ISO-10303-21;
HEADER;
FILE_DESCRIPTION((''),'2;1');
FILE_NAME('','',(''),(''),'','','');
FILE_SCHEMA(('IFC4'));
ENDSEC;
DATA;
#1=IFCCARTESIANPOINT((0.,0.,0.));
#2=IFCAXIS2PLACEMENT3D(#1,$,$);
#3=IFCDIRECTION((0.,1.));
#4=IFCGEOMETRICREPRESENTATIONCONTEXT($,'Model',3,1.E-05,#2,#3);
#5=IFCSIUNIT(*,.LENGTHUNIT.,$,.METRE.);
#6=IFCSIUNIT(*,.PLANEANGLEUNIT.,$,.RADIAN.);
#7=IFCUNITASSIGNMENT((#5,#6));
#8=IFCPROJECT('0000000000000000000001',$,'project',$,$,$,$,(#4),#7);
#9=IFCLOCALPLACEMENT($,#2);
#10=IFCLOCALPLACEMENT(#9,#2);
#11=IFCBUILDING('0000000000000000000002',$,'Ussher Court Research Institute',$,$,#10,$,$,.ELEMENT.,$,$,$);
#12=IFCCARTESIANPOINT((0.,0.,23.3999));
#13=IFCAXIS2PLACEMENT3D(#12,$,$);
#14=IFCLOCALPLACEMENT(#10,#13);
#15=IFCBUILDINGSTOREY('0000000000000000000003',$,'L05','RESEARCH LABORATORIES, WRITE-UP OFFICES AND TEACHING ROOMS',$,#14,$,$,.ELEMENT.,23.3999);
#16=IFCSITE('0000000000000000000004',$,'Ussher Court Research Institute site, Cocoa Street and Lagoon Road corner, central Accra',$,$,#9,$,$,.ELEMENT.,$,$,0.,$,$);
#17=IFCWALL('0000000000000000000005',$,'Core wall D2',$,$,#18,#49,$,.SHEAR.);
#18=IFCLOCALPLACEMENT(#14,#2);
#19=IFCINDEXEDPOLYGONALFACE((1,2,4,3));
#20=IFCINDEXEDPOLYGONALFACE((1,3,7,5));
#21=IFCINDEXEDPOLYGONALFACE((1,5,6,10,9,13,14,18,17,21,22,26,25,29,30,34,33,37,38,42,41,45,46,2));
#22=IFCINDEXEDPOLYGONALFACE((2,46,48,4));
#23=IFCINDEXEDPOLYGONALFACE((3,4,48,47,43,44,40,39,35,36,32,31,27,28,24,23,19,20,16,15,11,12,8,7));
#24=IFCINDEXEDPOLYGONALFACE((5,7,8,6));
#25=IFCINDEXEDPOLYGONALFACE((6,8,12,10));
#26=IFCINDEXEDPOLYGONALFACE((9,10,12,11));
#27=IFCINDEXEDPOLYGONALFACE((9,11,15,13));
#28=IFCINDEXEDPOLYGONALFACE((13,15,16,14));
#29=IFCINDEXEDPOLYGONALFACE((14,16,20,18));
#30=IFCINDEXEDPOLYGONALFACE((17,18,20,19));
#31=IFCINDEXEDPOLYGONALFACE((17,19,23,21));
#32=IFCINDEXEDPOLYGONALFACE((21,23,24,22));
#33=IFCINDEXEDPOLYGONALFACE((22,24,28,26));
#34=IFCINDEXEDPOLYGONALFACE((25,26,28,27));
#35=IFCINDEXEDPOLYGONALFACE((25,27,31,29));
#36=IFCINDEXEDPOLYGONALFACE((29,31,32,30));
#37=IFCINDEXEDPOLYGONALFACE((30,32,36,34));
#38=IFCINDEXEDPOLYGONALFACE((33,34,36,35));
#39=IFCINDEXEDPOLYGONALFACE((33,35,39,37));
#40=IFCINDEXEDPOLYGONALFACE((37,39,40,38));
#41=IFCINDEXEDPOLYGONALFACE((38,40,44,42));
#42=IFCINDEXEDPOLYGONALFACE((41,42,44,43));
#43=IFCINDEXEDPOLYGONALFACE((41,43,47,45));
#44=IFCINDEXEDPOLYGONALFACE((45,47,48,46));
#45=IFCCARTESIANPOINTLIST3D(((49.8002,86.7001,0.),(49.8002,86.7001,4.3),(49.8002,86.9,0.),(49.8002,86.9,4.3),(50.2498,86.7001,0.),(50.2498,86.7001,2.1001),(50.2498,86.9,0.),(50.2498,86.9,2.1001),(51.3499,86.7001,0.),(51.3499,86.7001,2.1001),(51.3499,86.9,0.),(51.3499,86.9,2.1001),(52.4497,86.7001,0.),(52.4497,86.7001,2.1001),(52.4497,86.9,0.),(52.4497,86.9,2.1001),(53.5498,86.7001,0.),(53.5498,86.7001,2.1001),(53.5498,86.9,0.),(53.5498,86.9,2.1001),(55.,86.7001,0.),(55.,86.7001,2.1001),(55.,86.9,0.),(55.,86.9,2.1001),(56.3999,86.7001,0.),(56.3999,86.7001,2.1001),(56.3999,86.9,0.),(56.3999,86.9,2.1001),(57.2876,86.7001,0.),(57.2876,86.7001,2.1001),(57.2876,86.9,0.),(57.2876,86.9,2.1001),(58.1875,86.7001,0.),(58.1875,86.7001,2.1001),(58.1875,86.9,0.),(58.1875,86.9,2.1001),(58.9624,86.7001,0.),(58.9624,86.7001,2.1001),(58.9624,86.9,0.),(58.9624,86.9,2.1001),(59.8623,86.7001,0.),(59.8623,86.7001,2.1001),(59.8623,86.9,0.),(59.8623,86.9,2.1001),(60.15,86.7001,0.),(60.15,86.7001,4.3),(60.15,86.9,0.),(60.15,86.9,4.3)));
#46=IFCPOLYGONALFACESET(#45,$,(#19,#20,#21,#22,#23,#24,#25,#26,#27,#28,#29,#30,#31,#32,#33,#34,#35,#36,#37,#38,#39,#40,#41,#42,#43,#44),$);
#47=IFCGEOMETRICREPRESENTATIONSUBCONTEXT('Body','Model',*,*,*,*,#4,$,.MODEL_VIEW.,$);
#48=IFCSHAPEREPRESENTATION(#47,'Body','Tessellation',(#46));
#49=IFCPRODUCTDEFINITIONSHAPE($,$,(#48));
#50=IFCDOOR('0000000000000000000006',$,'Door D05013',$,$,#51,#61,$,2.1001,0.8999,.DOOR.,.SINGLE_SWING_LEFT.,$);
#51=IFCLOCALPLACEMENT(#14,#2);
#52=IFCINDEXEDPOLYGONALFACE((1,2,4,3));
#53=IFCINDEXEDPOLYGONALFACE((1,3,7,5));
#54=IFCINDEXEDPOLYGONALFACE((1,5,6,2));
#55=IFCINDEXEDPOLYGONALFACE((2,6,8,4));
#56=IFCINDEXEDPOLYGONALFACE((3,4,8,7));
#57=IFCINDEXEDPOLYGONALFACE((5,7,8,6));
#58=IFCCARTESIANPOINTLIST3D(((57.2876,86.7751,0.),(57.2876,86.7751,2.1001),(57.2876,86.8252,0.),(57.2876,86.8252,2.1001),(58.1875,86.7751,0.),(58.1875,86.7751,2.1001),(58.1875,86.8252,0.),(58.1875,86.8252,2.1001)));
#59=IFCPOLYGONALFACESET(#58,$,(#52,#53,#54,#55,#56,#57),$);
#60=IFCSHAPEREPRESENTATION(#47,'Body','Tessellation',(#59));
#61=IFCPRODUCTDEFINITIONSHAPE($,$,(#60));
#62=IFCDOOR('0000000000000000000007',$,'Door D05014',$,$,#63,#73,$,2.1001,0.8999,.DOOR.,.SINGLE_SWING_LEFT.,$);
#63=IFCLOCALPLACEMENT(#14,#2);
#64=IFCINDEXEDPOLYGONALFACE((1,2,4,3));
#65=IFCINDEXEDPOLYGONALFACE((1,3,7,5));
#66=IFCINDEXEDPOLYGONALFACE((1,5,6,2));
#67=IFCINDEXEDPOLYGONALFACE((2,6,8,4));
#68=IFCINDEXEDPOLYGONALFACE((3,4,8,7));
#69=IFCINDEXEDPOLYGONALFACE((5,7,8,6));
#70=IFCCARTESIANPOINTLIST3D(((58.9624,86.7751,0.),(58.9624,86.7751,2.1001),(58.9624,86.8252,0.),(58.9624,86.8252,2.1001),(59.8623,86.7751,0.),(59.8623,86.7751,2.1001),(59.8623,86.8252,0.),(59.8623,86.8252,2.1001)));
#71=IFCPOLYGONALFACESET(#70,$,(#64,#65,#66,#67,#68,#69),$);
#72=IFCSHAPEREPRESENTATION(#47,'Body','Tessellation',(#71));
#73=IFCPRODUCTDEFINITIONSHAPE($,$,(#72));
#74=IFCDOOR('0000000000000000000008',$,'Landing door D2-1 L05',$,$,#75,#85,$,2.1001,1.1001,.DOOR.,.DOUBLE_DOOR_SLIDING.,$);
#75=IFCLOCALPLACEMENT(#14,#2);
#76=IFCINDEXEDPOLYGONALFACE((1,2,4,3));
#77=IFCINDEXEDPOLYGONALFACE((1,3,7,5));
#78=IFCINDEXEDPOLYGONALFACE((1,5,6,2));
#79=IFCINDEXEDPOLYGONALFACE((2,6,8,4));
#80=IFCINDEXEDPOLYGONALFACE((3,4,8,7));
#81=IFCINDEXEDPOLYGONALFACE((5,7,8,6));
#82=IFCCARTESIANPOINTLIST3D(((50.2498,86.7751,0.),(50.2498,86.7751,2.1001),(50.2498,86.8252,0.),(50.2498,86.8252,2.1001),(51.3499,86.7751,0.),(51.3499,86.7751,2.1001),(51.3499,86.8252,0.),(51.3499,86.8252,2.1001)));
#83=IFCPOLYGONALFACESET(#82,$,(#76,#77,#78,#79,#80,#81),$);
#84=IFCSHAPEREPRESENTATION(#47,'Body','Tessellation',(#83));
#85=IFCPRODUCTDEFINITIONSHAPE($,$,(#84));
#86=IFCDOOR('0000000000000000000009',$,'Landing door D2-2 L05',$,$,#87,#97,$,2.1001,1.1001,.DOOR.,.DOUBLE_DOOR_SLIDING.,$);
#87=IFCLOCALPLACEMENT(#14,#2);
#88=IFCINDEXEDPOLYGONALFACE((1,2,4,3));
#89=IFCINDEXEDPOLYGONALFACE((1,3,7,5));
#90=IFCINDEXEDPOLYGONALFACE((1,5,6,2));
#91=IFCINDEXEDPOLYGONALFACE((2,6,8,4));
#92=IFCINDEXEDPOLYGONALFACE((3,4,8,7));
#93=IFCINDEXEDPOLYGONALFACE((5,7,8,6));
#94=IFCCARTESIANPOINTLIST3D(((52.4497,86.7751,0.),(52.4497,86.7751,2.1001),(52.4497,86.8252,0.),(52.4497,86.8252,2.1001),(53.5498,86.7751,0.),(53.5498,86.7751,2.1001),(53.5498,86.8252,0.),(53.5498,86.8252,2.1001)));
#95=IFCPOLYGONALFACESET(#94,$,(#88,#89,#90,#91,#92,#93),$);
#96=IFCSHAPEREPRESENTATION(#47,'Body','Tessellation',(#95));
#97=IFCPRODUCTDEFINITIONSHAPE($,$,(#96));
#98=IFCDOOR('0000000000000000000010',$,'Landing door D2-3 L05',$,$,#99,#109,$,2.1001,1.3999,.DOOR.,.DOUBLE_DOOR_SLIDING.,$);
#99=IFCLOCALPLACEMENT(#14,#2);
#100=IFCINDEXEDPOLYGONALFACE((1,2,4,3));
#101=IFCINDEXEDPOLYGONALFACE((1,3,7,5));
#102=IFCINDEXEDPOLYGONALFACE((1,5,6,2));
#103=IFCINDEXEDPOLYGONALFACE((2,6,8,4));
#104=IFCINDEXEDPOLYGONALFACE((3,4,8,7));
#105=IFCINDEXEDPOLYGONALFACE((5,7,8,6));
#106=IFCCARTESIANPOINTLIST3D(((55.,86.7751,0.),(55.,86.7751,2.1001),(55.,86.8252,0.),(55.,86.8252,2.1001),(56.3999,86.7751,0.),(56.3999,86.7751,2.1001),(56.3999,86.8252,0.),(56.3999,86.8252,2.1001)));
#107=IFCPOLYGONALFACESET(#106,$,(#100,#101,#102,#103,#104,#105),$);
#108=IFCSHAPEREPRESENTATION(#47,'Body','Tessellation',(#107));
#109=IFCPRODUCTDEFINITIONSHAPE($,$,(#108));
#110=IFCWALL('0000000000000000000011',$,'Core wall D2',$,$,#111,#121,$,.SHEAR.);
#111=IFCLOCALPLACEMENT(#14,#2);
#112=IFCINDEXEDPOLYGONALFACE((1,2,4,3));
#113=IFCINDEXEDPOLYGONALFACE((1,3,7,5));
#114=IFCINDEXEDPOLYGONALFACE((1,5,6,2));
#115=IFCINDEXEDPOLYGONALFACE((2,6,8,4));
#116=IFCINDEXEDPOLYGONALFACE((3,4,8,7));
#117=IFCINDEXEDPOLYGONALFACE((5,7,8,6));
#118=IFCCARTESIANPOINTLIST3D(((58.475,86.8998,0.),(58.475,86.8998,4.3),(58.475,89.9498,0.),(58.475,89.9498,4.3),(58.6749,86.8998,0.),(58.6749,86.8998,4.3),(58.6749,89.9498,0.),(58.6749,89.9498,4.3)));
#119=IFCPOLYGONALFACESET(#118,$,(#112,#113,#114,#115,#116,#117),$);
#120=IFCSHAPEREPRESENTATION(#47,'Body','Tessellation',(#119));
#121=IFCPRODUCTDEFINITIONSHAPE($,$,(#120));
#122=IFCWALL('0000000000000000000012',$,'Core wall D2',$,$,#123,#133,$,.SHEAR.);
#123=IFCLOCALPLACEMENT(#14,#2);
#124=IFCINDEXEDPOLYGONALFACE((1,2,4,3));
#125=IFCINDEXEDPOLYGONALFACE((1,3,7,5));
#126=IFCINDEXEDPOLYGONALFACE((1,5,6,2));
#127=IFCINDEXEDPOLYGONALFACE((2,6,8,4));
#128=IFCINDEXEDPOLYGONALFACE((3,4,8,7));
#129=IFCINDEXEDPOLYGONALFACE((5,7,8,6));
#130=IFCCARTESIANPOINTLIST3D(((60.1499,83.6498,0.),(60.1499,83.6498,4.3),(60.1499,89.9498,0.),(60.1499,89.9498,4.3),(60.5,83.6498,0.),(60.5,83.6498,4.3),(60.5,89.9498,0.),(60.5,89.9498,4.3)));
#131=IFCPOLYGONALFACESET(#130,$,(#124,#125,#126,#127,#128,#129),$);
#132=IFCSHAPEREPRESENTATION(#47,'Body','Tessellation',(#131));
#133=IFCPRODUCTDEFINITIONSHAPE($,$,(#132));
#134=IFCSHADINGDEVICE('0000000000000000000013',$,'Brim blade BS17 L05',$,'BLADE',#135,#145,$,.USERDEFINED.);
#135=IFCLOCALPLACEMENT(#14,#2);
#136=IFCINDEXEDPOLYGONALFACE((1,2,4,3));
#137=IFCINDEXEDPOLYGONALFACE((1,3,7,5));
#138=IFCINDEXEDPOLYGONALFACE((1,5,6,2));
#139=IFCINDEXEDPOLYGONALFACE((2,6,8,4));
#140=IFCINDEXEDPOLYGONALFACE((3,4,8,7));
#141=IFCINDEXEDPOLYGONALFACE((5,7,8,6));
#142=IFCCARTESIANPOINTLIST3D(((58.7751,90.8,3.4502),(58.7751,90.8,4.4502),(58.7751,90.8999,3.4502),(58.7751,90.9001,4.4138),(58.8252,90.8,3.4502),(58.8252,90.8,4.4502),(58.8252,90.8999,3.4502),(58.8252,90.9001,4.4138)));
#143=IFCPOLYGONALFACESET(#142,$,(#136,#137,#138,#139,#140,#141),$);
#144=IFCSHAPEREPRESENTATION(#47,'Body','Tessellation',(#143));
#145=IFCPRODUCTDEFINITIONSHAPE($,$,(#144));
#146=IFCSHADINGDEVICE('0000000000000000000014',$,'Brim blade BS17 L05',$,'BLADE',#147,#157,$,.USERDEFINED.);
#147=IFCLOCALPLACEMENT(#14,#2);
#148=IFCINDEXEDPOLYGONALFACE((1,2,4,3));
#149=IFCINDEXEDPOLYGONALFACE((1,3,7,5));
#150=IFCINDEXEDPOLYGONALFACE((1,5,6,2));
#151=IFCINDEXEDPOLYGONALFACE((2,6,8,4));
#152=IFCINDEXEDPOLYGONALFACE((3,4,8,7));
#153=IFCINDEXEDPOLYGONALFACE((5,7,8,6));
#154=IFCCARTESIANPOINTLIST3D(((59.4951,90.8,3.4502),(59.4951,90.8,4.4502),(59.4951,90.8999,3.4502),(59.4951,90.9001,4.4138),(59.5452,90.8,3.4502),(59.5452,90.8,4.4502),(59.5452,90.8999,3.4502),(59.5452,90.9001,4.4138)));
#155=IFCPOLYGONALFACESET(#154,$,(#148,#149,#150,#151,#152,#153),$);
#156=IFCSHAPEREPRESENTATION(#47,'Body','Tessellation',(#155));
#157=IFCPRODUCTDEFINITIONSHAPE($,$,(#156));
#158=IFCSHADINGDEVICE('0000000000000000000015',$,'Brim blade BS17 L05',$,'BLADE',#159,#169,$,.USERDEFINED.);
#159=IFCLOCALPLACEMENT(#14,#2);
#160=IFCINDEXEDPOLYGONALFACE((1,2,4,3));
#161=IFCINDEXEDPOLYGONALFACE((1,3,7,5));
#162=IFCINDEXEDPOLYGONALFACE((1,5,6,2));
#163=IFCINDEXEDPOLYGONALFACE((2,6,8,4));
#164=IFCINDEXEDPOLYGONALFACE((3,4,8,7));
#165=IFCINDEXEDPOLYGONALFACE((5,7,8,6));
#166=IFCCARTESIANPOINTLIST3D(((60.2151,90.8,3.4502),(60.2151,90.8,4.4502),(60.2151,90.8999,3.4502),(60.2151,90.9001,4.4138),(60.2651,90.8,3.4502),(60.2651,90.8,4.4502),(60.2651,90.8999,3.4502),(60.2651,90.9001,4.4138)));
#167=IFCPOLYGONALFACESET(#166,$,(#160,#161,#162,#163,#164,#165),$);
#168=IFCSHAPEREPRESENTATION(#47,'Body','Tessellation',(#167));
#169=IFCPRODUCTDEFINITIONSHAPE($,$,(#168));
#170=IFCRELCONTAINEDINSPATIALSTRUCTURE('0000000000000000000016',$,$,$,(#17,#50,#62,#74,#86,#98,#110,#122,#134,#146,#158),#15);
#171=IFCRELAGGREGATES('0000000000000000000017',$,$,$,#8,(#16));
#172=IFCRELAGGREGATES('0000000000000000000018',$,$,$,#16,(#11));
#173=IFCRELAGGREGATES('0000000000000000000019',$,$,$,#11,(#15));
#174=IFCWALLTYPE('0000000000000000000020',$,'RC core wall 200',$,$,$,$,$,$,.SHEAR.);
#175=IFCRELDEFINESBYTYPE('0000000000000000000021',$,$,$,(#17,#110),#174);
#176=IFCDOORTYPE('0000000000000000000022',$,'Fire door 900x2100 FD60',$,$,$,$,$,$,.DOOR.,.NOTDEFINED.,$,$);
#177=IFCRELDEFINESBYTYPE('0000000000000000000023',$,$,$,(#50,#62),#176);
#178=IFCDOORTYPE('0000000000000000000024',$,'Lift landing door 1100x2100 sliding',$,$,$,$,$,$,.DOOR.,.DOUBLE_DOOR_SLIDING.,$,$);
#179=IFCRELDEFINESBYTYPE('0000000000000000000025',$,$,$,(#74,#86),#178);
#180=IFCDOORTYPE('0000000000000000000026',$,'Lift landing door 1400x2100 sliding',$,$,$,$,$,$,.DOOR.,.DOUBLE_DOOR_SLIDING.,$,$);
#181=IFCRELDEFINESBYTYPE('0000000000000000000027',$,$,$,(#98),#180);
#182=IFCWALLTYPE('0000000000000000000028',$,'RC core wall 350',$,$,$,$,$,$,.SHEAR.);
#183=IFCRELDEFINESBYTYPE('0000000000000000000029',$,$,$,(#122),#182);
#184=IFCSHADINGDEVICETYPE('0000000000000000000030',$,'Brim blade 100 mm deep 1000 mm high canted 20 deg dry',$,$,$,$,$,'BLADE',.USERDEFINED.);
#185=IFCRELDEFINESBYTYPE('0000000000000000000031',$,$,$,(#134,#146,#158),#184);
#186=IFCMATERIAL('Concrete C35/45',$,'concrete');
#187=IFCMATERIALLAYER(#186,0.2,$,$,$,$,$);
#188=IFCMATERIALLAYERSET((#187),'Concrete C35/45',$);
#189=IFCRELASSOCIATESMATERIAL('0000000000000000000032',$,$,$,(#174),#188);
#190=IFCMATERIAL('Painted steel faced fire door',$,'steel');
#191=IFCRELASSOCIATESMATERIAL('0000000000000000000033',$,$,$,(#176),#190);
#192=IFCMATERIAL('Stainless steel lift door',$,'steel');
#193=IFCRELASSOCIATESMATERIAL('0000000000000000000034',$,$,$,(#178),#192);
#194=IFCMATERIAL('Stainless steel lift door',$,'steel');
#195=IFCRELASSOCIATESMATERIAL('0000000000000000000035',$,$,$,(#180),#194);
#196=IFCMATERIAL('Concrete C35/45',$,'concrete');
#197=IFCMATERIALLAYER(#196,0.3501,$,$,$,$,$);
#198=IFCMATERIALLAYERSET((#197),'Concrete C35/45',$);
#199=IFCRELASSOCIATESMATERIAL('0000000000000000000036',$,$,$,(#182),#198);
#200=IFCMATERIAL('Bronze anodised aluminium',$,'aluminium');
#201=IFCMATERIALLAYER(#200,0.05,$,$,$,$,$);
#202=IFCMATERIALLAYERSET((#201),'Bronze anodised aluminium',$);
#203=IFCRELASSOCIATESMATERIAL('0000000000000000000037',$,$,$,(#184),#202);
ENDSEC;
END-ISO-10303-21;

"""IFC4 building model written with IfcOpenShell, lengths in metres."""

from ifc_helpers import new_model, si_unit, direction, frame, frame_2d, origin, place, context, subcontext, project, spatial, polyline, rectangle, outline, extrude, material, layer, layer_set, type_object, element, fill, save


model = new_model("IFC4")

# Units and contexts
model_context = context("Model", 3, precision=1e-05, world=origin(), true_north=direction((0.0, 1.0)))
body_context = subcontext(model_context, "Body", "Model", "MODEL_VIEW")
ifc_project = project(units=[si_unit("LENGTHUNIT", "METRE"), si_unit("PLANEANGLEUNIT", "RADIAN")], contexts=[model_context])

# Site, building, storey
site_placement = place(None, origin())
site = spatial("IfcSite", under=ifc_project, at=site_placement, Name="Ussher Court Research Institute site, Cocoa Street and Lagoon Road corner, central Accra", CompositionType="ELEMENT", RefElevation=0.0)
building_placement = place(site_placement, origin())
building = spatial("IfcBuilding", under=site, at=building_placement, Name="Ussher Court Research Institute", CompositionType="ELEMENT")
storey_placement = place(building_placement, frame((0.0, 0.0, 23.3999)))
storey = spatial("IfcBuildingStorey", under=building, at=storey_placement, Name="L05", Description="RESEARCH LABORATORIES, WRITE-UP OFFICES AND TEACHING ROOMS", CompositionType="ELEMENT", Elevation=23.3999)

# Wall, openings, doors
ifc_material_1 = material(Name="Concrete C35/45", Category="concrete")
ifc_layer_1 = layer(ifc_material_1, 0.2)
ifc_layer_set_1 = layer_set([ifc_layer_1], Name="Concrete C35/45")
wall_type_1 = type_object("IfcWallType", Name="RC core wall 200", PredefinedType="SHEAR", material=ifc_layer_set_1)
wall_1_placement = place(storey_placement, frame((60.1499, 86.8, 0.0), z_axis=(0.0, 0.0, 1.0), x_axis=(-1.0, 0.0, 0.0)))
wall_1 = element("IfcWall", 1, at=wall_1_placement, inside=storey, type_object=wall_type_1, Name="Core wall D2", PredefinedType="SHEAR", context=body_context, shape_type="SweptSolid", body=[
    extrude(rectangle(XDim=10.3499, YDim=0.2, at=frame_2d((5.1748, 0.0))), origin(), (0.0, 0.0, 1.0), 4.3),
])
opening_1_placement = place(wall_1_placement, frame((8.8, 0.0, 0.0)))
opening_1 = element("IfcOpeningElement", 2, at=opening_1_placement, cuts=wall_1, PredefinedType="OPENING", context=body_context, shape_type="SweptSolid", body=[
    extrude(rectangle(XDim=1.1001, YDim=2.1001, at=frame_2d((0.55, 1.05))), frame((0.0, 0.1099, 0.0), z_axis=(0.0, -1.0, 0.0), x_axis=(1.0, 0.0, 0.0)), (0.0, 0.0, 1.0), 0.22),
])
opening_2_placement = place(wall_1_placement, frame((6.6001, 0.0, 0.0)))
opening_2 = element("IfcOpeningElement", 3, at=opening_2_placement, cuts=wall_1, PredefinedType="OPENING", context=body_context, shape_type="SweptSolid", body=[
    extrude(rectangle(XDim=1.1001, YDim=2.1001, at=frame_2d((0.55, 1.05))), frame((0.0, 0.1099, 0.0), z_axis=(0.0, -1.0, 0.0), x_axis=(1.0, 0.0, 0.0)), (0.0, 0.0, 1.0), 0.22),
])
opening_3_placement = place(wall_1_placement, frame((3.75, 0.0, 0.0)))
opening_3 = element("IfcOpeningElement", 4, at=opening_3_placement, cuts=wall_1, PredefinedType="OPENING", context=body_context, shape_type="SweptSolid", body=[
    extrude(rectangle(XDim=1.3999, YDim=2.1001, at=frame_2d((0.7, 1.05))), frame((0.0, 0.1099, 0.0), z_axis=(0.0, -1.0, 0.0), x_axis=(1.0, 0.0, 0.0)), (0.0, 0.0, 1.0), 0.22),
])
opening_4_placement = place(wall_1_placement, frame((1.9624, 0.0, 0.0)))
opening_4 = element("IfcOpeningElement", 5, at=opening_4_placement, cuts=wall_1, PredefinedType="OPENING", context=body_context, shape_type="SweptSolid", body=[
    extrude(rectangle(XDim=0.8999, YDim=2.1001, at=frame_2d((0.45, 1.05))), frame((0.0, 0.1099, 0.0), z_axis=(0.0, -1.0, 0.0), x_axis=(1.0, 0.0, 0.0)), (0.0, 0.0, 1.0), 0.22),
])
opening_5_placement = place(wall_1_placement, frame((0.2876, 0.0, 0.0)))
opening_5 = element("IfcOpeningElement", 6, at=opening_5_placement, cuts=wall_1, PredefinedType="OPENING", context=body_context, shape_type="SweptSolid", body=[
    extrude(rectangle(XDim=0.8999, YDim=2.1001, at=frame_2d((0.45, 1.05))), frame((0.0, 0.1099, 0.0), z_axis=(0.0, -1.0, 0.0), x_axis=(1.0, 0.0, 0.0)), (0.0, 0.0, 1.0), 0.22),
])
ifc_material_2 = material(Name="Painted steel faced fire door", Category="steel")
door_type_1 = type_object("IfcDoorType", Name="Fire door 900x2100 FD60", OperationType="NOTDEFINED", PredefinedType="DOOR", material=ifc_material_2)
door_1_placement = place(opening_4_placement, origin())
door_1 = element("IfcDoor", 7, at=door_1_placement, inside=storey, type_object=door_type_1, Name="Door D05013", OperationType="SINGLE_SWING_LEFT", OverallHeight=2.1001, OverallWidth=0.8999, PredefinedType="DOOR", context=body_context, shape_type="SweptSolid", body=[
    extrude(rectangle(XDim=0.8999, YDim=2.1001, at=frame_2d((0.45, 1.05))), frame((0.0, 0.0249, 0.0), z_axis=(0.0, -1.0, 0.0), x_axis=(1.0, 0.0, 0.0)), (0.0, 0.0, 1.0), 0.05),
])
fill(opening_4, door_1)
door_2_placement = place(opening_5_placement, origin())
door_2 = element("IfcDoor", 8, at=door_2_placement, inside=storey, type_object=door_type_1, Name="Door D05014", OperationType="SINGLE_SWING_LEFT", OverallHeight=2.1001, OverallWidth=0.8999, PredefinedType="DOOR", context=body_context, shape_type="SweptSolid", body=[
    extrude(rectangle(XDim=0.8999, YDim=2.1001, at=frame_2d((0.45, 1.05))), frame((0.0, 0.0249, 0.0), z_axis=(0.0, -1.0, 0.0), x_axis=(1.0, 0.0, 0.0)), (0.0, 0.0, 1.0), 0.05),
])
fill(opening_5, door_2)
ifc_material_3 = material(Name="Stainless steel lift door", Category="steel")
door_type_2 = type_object("IfcDoorType", Name="Lift landing door 1100x2100 sliding", OperationType="DOUBLE_DOOR_SLIDING", PredefinedType="DOOR", material=ifc_material_3)
door_3_placement = place(opening_1_placement, origin())
door_3 = element("IfcDoor", 9, at=door_3_placement, inside=storey, type_object=door_type_2, Name="Landing door D2-1 L05", OperationType="DOUBLE_DOOR_SLIDING", OverallHeight=2.1001, OverallWidth=1.1001, PredefinedType="DOOR", context=body_context, shape_type="SweptSolid", body=[
    extrude(rectangle(XDim=1.1001, YDim=2.1001, at=frame_2d((0.55, 1.05))), frame((0.0, 0.0249, 0.0), z_axis=(0.0, -1.0, 0.0), x_axis=(1.0, 0.0, 0.0)), (0.0, 0.0, 1.0), 0.05),
])
fill(opening_1, door_3)
door_4_placement = place(opening_2_placement, origin())
door_4 = element("IfcDoor", 10, at=door_4_placement, inside=storey, type_object=door_type_2, Name="Landing door D2-2 L05", OperationType="DOUBLE_DOOR_SLIDING", OverallHeight=2.1001, OverallWidth=1.1001, PredefinedType="DOOR", context=body_context, shape_type="SweptSolid", body=[
    extrude(rectangle(XDim=1.1001, YDim=2.1001, at=frame_2d((0.55, 1.05))), frame((0.0, 0.0249, 0.0), z_axis=(0.0, -1.0, 0.0), x_axis=(1.0, 0.0, 0.0)), (0.0, 0.0, 1.0), 0.05),
])
fill(opening_2, door_4)
ifc_material_4 = material(Name="Stainless steel lift door", Category="steel")
door_type_3 = type_object("IfcDoorType", Name="Lift landing door 1400x2100 sliding", OperationType="DOUBLE_DOOR_SLIDING", PredefinedType="DOOR", material=ifc_material_4)
door_5_placement = place(opening_3_placement, origin())
door_5 = element("IfcDoor", 11, at=door_5_placement, inside=storey, type_object=door_type_3, Name="Landing door D2-3 L05", OperationType="DOUBLE_DOOR_SLIDING", OverallHeight=2.1001, OverallWidth=1.3999, PredefinedType="DOOR", context=body_context, shape_type="SweptSolid", body=[
    extrude(rectangle(XDim=1.3999, YDim=2.1001, at=frame_2d((0.7, 1.05))), frame((0.0, 0.0249, 0.0), z_axis=(0.0, -1.0, 0.0), x_axis=(1.0, 0.0, 0.0)), (0.0, 0.0, 1.0), 0.05),
])
fill(opening_3, door_5)

# Walls
wall_2_placement = place(storey_placement, frame((58.575, 86.8999, 0.0), z_axis=(0.0, 0.0, 1.0), x_axis=(0.0, 1.0, 0.0)))
element("IfcWall", 12, at=wall_2_placement, inside=storey, type_object=wall_type_1, Name="Core wall D2", PredefinedType="SHEAR", context=body_context, shape_type="SweptSolid", body=[
    extrude(rectangle(XDim=3.05, YDim=0.2, at=frame_2d((1.5249, 0.0))), origin(), (0.0, 0.0, 1.0), 4.3),
])
ifc_material_5 = material(Name="Concrete C35/45", Category="concrete")
ifc_layer_2 = layer(ifc_material_5, 0.3501)
ifc_layer_set_2 = layer_set([ifc_layer_2], Name="Concrete C35/45")
wall_type_2 = type_object("IfcWallType", Name="RC core wall 350", PredefinedType="SHEAR", material=ifc_layer_set_2)
wall_3_placement = place(storey_placement, frame((60.325, 83.6499, 0.0), z_axis=(0.0, 0.0, 1.0), x_axis=(0.0, 1.0, 0.0)))
element("IfcWall", 13, at=wall_3_placement, inside=storey, type_object=wall_type_2, Name="Core wall D2", PredefinedType="SHEAR", context=body_context, shape_type="SweptSolid", body=[
    extrude(rectangle(XDim=6.3, YDim=0.3501, at=frame_2d((3.1499, 0.0))), origin(), (0.0, 0.0, 1.0), 4.3),
])

# Shading devices
ifc_material_6 = material(Name="Bronze anodised aluminium", Category="aluminium")
ifc_layer_3 = layer(ifc_material_6, 0.05)
ifc_layer_set_3 = layer_set([ifc_layer_3], Name="Bronze anodised aluminium")
shading_device_type_1 = type_object("IfcShadingDeviceType", Name="Brim blade 100 mm deep 1000 mm high canted 20 deg dry", ElementType="BLADE", PredefinedType="USERDEFINED", material=ifc_layer_set_3)
for number, where, z_axis, x_axis, name in (
    (14, (58.8, 90.8, 3.4502), (0.0, 0.0, 1.0), (0.0, 1.0, 0.0), "Brim blade BS17 L05"),
    (15, (59.52, 90.8, 3.4502), (0.0, 0.0, 1.0), (0.0, 1.0, 0.0), "Brim blade BS17 L05"),
    (16, (60.24, 90.8, 3.4502), (0.0, 0.0, 1.0), (0.0, 1.0, 0.0), "Brim blade BS17 L05"),
):
    element("IfcShadingDevice", number, at=place(storey_placement, frame(where, z_axis=z_axis, x_axis=x_axis)), inside=storey, type_object=shading_device_type_1, Name=name, ObjectType="BLADE", PredefinedType="USERDEFINED", context=body_context, shape_type="SweptSolid", body=[
        extrude(outline(polyline([(0.0, 0.0), (0.0999, 0.0), (0.1001, 0.9636), (0.0, 1.0), (0.0, 0.0)])), frame((0.0, 0.0249, 0.0), z_axis=(0.0, -1.0, 0.0), x_axis=(1.0, 0.0, 0.0)), (0.0, 0.0, 1.0), 0.05),
    ])

save(model, "model.ifc")
